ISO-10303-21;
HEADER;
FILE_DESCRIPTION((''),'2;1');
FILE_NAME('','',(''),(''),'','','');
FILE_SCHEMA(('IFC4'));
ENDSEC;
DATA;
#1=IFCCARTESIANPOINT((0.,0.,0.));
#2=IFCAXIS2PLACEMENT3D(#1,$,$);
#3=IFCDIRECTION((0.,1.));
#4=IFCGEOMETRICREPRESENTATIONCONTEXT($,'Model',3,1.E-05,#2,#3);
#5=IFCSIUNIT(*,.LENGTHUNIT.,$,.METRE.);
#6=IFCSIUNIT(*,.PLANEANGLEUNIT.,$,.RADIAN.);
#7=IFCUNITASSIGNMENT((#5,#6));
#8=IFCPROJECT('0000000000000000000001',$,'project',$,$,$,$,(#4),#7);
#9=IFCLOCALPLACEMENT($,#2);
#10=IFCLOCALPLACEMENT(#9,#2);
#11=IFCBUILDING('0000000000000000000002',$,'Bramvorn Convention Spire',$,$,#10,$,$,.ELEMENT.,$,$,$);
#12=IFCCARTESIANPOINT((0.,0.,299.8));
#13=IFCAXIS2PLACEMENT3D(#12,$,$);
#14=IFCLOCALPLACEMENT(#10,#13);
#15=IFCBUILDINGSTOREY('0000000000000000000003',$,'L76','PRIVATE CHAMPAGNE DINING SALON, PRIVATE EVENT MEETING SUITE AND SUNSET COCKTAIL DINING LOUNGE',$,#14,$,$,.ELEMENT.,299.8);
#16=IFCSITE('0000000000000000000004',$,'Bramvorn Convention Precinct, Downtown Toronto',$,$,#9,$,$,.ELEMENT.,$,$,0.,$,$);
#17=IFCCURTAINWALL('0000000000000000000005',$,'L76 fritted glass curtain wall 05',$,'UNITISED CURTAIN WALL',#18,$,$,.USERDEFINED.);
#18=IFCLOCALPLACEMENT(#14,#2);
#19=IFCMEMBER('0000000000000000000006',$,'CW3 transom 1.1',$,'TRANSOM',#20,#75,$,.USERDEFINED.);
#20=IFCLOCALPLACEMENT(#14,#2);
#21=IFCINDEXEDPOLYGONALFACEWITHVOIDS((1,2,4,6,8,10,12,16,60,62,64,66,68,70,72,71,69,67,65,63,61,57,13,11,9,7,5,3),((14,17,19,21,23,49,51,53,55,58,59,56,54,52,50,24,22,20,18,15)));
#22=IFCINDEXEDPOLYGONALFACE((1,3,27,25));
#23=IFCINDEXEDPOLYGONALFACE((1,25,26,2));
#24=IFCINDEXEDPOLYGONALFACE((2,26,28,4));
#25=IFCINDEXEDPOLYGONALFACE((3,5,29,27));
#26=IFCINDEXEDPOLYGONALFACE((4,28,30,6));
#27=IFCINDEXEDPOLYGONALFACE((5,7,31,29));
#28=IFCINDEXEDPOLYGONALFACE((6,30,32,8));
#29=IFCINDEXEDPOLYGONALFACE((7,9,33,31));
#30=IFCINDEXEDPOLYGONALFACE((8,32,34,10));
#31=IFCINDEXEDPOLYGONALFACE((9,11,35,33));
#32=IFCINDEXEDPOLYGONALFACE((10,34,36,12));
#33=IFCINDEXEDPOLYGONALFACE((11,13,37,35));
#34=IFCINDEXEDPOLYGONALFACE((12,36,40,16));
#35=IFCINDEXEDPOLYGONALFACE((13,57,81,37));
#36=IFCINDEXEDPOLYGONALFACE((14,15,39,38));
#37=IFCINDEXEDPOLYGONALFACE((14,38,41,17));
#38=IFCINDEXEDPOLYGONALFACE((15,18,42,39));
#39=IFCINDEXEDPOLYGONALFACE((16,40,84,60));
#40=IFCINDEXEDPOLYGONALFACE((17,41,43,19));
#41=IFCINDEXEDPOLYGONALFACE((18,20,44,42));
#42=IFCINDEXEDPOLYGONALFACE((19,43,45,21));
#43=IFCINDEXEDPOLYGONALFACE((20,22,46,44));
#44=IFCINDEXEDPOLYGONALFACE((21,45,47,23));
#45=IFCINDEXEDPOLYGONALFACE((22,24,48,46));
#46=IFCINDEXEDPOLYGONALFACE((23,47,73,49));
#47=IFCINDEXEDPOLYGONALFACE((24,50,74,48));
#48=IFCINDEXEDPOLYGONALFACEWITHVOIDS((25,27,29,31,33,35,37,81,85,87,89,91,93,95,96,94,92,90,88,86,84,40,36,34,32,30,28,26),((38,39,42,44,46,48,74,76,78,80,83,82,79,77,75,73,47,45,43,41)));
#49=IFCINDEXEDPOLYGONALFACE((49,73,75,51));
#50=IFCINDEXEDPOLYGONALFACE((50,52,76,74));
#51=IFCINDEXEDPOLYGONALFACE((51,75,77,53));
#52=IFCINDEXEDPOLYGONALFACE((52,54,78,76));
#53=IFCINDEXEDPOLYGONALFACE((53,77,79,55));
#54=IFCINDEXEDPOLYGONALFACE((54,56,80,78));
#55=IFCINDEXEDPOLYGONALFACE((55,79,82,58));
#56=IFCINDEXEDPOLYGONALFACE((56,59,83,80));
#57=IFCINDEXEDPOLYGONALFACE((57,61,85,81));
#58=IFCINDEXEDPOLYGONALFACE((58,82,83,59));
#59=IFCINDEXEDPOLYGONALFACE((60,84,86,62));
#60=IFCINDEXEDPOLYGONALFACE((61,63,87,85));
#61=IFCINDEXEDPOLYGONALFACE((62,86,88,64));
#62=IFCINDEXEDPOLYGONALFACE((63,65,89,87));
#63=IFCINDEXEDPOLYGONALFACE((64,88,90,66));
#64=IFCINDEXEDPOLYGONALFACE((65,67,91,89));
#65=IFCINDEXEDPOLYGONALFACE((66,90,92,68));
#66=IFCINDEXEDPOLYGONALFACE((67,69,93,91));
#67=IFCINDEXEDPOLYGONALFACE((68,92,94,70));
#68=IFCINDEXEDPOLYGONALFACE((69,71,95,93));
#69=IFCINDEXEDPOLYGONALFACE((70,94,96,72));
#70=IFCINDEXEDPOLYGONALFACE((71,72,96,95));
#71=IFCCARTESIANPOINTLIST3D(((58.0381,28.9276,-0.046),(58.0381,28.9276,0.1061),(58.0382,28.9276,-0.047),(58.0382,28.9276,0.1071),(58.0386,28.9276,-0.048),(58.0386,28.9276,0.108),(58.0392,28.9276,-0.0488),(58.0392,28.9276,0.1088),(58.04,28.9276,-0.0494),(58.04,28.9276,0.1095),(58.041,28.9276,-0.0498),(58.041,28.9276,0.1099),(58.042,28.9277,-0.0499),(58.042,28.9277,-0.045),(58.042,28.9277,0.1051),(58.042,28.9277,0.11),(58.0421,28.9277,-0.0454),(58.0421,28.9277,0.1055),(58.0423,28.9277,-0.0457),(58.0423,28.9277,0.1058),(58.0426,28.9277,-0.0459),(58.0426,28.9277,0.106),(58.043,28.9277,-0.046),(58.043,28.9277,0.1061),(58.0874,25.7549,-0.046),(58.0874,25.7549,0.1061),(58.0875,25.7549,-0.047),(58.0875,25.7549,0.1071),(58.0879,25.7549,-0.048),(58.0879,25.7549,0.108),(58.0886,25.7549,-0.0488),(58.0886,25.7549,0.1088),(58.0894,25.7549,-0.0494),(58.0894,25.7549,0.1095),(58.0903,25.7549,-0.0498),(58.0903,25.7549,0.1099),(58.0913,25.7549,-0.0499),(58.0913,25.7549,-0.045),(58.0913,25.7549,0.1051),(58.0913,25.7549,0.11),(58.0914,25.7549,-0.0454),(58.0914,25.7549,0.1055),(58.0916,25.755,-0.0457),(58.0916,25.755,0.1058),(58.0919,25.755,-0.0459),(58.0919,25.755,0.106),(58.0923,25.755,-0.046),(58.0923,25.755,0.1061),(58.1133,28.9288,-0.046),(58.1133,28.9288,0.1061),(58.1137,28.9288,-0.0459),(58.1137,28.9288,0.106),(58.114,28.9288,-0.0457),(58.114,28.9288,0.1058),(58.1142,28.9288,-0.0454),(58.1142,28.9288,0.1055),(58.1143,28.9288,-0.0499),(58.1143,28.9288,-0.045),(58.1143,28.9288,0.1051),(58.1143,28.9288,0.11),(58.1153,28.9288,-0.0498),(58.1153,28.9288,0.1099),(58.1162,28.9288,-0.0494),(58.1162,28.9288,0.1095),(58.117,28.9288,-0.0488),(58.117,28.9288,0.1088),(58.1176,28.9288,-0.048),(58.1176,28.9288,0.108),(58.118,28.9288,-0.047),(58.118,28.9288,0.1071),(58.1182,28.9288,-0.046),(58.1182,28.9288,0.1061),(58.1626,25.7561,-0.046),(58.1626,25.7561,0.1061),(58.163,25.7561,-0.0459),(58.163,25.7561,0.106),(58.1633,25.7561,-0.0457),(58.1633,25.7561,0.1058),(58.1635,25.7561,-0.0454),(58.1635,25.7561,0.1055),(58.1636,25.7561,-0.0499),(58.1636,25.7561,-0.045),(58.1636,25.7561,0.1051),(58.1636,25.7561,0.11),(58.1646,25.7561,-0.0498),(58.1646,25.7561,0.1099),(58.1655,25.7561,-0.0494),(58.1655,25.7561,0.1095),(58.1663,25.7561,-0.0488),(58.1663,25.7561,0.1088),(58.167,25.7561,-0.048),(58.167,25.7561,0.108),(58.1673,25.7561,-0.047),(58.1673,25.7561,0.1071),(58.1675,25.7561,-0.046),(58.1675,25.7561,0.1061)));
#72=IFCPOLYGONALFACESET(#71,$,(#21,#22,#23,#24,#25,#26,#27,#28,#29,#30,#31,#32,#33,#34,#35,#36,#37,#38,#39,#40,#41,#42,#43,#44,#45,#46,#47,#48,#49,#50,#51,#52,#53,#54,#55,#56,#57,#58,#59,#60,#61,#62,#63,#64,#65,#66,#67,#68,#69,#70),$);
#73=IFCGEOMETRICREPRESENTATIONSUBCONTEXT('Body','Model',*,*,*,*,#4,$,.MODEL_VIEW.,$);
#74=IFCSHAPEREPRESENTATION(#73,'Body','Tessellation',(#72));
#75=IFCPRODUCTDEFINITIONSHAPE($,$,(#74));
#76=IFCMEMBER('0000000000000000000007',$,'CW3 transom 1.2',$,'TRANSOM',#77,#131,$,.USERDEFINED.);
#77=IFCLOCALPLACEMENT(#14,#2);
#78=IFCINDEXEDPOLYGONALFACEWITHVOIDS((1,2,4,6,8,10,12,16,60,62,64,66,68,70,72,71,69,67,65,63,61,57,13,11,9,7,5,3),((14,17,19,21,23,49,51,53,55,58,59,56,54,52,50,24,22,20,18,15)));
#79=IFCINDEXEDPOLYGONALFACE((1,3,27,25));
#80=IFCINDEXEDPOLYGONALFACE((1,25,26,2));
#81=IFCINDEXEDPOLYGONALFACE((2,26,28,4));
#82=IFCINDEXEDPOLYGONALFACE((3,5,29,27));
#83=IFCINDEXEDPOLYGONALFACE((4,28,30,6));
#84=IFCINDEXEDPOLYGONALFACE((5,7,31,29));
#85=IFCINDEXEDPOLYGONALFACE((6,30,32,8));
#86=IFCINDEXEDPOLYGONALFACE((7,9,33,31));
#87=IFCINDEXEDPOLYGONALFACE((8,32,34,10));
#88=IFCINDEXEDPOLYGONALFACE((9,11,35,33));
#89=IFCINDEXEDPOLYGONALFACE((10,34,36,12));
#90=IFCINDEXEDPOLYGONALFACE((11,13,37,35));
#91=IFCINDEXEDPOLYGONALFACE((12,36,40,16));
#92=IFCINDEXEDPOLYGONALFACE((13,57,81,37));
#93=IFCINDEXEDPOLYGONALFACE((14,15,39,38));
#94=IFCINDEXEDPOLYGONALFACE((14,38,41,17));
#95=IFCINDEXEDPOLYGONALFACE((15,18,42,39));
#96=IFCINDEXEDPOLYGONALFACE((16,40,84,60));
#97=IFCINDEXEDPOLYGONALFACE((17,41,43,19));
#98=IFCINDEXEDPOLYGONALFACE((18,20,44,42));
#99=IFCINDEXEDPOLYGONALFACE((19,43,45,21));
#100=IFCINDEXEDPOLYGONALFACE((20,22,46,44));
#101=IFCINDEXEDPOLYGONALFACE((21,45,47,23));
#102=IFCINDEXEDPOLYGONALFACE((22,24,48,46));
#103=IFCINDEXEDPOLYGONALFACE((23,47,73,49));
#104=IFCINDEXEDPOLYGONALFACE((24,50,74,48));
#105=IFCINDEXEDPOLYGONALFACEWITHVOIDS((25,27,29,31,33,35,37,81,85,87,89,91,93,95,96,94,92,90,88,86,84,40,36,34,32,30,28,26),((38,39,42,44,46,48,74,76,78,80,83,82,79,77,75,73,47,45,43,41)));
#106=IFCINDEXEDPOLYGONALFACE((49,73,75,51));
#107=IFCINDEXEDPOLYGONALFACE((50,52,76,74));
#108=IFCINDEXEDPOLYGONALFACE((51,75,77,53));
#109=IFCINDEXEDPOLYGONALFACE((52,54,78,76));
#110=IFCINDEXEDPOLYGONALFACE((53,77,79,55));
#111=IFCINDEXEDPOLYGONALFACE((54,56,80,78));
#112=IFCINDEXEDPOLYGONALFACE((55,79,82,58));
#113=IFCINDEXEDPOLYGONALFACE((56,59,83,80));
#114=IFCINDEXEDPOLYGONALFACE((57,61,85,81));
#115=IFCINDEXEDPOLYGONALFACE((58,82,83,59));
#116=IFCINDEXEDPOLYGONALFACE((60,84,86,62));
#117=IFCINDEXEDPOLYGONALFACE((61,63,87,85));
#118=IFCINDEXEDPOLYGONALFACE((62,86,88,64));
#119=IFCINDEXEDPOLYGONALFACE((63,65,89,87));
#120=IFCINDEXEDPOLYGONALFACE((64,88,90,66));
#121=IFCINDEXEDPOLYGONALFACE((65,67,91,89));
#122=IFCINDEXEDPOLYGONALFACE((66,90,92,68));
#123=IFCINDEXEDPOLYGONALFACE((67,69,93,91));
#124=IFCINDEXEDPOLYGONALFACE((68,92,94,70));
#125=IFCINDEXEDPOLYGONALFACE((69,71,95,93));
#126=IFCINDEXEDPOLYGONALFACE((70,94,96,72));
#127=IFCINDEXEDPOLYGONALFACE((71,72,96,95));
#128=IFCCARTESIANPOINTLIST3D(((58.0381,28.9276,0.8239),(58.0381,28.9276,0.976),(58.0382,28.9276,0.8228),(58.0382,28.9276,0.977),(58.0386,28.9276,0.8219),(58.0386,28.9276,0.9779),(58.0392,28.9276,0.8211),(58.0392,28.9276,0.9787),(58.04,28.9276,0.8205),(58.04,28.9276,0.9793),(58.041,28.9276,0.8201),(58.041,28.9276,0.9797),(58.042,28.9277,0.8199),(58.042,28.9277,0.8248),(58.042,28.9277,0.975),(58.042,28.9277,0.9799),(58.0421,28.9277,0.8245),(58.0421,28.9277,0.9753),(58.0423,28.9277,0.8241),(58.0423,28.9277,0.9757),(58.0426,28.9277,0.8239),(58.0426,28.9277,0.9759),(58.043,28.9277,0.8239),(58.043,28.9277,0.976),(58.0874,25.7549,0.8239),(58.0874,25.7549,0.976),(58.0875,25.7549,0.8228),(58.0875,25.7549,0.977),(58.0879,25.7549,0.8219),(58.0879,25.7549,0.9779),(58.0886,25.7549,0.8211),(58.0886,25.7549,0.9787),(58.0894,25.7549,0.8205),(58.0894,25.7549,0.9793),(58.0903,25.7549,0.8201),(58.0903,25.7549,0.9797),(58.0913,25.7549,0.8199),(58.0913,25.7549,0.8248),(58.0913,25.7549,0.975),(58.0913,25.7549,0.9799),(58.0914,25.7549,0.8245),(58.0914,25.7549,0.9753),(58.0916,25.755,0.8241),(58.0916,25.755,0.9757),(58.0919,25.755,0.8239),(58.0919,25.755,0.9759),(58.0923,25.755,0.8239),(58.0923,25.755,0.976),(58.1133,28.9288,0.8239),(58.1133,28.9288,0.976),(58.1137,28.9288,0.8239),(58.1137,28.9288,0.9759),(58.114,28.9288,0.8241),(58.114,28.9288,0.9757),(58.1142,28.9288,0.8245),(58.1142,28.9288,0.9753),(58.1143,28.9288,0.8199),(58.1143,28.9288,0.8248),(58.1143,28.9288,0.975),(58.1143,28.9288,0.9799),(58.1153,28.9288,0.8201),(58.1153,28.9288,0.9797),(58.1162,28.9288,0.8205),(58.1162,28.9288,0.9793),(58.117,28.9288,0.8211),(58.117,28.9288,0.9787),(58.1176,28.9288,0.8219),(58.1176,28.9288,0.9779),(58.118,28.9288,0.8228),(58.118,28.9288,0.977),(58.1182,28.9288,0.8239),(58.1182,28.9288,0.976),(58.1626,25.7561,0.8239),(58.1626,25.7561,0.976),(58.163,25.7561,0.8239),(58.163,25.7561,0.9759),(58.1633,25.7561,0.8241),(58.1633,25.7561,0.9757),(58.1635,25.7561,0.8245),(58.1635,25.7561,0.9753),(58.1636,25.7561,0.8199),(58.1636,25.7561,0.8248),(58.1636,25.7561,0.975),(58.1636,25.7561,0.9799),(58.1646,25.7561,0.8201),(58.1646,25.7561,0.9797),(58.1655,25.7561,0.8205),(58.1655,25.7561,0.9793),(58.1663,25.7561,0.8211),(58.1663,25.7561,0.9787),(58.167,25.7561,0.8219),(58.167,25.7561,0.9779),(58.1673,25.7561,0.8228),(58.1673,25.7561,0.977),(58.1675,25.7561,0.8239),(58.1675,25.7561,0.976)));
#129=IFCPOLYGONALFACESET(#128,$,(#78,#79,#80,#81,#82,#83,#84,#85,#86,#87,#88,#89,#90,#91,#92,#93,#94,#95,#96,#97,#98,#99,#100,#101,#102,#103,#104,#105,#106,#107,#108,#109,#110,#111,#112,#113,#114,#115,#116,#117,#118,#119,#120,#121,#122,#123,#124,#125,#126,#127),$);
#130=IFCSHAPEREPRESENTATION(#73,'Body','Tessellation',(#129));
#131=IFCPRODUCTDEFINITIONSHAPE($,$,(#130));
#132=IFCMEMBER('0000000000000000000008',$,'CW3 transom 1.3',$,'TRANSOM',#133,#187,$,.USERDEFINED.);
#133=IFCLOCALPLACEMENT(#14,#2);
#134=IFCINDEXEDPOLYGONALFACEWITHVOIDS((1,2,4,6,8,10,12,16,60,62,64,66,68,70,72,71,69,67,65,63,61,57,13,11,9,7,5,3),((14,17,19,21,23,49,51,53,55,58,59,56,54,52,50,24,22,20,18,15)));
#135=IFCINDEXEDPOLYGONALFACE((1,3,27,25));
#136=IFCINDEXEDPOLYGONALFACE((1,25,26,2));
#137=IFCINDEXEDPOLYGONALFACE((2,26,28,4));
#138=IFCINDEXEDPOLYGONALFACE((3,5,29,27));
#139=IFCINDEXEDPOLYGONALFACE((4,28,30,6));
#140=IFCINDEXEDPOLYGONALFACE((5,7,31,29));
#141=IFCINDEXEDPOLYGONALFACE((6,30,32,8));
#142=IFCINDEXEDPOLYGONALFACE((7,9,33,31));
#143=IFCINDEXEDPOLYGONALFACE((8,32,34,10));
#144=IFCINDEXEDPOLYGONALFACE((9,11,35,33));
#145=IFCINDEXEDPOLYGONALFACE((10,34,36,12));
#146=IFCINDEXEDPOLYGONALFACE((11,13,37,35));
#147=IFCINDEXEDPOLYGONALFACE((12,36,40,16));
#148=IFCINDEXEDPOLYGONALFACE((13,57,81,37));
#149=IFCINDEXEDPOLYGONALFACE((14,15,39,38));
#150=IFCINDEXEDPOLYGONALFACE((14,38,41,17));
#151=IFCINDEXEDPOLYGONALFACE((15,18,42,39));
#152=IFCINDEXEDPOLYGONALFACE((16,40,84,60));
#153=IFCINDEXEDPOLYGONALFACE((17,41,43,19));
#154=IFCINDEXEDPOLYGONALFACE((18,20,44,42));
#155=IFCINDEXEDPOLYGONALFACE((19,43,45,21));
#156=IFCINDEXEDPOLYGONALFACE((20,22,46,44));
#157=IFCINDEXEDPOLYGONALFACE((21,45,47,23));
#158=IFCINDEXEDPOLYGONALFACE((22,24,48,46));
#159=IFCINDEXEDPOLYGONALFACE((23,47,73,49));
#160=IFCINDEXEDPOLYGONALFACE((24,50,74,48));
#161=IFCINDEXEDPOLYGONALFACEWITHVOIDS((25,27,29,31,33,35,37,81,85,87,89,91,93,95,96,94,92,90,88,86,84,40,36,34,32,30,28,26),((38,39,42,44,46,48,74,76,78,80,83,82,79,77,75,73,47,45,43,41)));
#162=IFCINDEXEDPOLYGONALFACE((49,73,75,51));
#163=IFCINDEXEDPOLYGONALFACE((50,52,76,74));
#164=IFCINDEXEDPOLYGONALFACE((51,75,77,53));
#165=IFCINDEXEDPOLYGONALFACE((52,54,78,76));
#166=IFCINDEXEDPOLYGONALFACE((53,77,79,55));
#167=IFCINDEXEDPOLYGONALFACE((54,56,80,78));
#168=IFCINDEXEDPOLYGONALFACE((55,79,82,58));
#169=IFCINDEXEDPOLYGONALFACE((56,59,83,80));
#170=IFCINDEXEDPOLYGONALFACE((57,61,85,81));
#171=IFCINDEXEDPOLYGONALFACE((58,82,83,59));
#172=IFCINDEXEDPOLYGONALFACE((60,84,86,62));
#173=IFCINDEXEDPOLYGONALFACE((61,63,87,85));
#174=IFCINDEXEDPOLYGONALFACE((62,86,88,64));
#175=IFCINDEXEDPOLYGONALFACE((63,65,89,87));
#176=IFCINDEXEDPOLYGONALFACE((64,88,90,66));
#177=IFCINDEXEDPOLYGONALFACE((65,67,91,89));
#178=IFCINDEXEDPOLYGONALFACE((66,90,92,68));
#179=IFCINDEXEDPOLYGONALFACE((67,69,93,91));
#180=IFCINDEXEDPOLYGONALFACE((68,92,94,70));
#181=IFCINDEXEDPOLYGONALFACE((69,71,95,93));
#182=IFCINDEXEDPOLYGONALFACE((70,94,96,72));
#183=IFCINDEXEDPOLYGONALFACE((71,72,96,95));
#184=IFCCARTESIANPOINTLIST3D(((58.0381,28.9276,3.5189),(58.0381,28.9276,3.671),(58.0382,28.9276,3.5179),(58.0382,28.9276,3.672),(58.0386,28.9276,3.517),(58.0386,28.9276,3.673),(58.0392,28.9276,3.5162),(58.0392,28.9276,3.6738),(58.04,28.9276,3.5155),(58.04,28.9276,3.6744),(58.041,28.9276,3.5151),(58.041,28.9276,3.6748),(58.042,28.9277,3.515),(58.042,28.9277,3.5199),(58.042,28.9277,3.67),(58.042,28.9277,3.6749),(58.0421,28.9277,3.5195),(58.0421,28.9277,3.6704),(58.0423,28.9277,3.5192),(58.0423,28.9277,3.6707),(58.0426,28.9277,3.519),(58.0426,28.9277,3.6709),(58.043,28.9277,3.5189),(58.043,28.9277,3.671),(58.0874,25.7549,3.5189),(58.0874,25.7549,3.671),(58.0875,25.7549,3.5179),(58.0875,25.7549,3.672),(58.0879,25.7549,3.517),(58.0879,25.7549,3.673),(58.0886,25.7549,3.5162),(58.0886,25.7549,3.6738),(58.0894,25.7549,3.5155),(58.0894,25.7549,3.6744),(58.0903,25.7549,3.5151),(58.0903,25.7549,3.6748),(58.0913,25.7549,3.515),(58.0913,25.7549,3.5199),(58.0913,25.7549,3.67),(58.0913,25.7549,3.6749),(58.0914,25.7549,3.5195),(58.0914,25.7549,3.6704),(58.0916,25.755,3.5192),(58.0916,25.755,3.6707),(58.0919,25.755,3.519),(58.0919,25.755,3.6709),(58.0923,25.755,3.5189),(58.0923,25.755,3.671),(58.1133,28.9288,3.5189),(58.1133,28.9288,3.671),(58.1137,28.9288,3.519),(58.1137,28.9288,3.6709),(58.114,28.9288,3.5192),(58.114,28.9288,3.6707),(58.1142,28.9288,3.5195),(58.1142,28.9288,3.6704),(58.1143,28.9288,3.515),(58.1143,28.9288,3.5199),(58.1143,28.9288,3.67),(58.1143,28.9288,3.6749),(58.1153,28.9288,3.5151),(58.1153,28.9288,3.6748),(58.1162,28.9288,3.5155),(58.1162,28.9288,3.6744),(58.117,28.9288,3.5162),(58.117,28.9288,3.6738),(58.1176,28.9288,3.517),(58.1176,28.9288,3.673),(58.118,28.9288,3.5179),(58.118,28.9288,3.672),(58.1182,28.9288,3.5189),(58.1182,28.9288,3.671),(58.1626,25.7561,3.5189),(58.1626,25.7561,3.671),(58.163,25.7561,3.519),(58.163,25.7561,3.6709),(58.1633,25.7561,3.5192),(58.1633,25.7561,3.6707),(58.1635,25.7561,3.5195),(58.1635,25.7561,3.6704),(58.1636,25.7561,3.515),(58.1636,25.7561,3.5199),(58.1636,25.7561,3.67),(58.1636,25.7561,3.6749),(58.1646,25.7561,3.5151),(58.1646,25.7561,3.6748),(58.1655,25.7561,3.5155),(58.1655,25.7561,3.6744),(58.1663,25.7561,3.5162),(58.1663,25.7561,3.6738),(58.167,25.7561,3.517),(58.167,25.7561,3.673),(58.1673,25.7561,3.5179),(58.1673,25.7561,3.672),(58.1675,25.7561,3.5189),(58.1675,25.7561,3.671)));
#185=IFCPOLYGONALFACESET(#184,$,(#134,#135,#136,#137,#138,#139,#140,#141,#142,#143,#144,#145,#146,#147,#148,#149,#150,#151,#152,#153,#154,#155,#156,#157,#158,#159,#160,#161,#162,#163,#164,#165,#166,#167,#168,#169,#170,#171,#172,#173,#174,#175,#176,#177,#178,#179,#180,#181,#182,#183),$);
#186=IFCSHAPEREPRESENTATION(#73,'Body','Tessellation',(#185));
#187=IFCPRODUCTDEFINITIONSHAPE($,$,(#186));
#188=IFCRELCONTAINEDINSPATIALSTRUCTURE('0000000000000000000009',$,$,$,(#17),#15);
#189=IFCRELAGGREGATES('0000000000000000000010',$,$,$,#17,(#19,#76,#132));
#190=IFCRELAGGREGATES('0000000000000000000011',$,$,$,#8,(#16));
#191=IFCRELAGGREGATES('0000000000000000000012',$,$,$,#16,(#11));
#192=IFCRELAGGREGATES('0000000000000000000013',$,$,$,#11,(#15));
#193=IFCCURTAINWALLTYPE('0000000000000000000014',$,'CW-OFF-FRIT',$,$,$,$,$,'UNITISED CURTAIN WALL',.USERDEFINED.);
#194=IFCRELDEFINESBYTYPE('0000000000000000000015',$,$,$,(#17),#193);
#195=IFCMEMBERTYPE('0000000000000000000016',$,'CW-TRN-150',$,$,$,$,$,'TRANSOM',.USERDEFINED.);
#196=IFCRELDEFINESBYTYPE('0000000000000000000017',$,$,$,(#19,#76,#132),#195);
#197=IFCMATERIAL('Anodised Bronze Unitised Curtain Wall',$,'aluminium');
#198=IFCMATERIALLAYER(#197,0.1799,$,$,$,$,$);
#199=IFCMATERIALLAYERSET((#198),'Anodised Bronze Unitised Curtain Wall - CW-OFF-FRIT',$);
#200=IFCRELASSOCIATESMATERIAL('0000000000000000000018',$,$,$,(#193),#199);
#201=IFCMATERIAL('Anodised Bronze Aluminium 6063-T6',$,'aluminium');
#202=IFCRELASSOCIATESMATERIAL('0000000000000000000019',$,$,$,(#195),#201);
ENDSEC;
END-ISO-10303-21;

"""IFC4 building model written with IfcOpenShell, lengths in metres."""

from ifc_helpers import new_model, si_unit, direction, frame, origin, origin_2d, place, context, subcontext, project, spatial, hollow_rectangle, extrude, material, layer, layer_set, material_profile, profile_set, type_object, element, aggregate, save


model = new_model("IFC4")

# Units and contexts
model_context = context("Model", 3, precision=1e-05, world=origin(), true_north=direction((0.0, 1.0)))
body_context = subcontext(model_context, "Body", "Model", "MODEL_VIEW")
ifc_project = project(units=[si_unit("LENGTHUNIT", "METRE"), si_unit("PLANEANGLEUNIT", "RADIAN")], contexts=[model_context])

# Site, building, storey
site_placement = place(None, origin())
site = spatial("IfcSite", under=ifc_project, at=site_placement, Name="Bramvorn Convention Precinct, Downtown Toronto", CompositionType="ELEMENT", RefElevation=0.0)
building_placement = place(site_placement, origin())
building = spatial("IfcBuilding", under=site, at=building_placement, Name="Bramvorn Convention Spire", CompositionType="ELEMENT")
storey_placement = place(building_placement, frame((0.0, 0.0, 299.8)))
storey = spatial("IfcBuildingStorey", under=building, at=storey_placement, Name="L76", Description="PRIVATE CHAMPAGNE DINING SALON, PRIVATE EVENT MEETING SUITE AND SUNSET COCKTAIL DINING LOUNGE", CompositionType="ELEMENT", Elevation=299.8)

# Curtain wall
ifc_material_1 = material(Name="Anodised Bronze Unitised Curtain Wall", Category="aluminium")
ifc_layer_1 = layer(ifc_material_1, 0.1799)
ifc_layer_set_1 = layer_set([ifc_layer_1], Name="Anodised Bronze Unitised Curtain Wall - CW-OFF-FRIT")
curtain_wall_type_1 = type_object("IfcCurtainWallType", Name="CW-OFF-FRIT", ElementType="UNITISED CURTAIN WALL", PredefinedType="USERDEFINED", material=ifc_layer_set_1)
curtain_wall_1_placement = place(storey_placement, origin())
curtain_wall_1 = element("IfcCurtainWall", 1, at=curtain_wall_1_placement, inside=storey, type_object=curtain_wall_type_1, Name="L76 fritted glass curtain wall 05", ObjectType="UNITISED CURTAIN WALL", PredefinedType="USERDEFINED")
ifc_material_2 = material(Name="Anodised Bronze Aluminium 6063-T6", Category="aluminium")

# Members
ifc_material_profile_1 = material_profile(ifc_material_2, hollow_rectangle(XDim=0.0801, YDim=0.1599, WallThickness=0.0039, InnerFilletRadius=0.001, OuterFilletRadius=0.0039, at=origin_2d()))
ifc_profile_set_1 = profile_set([ifc_material_profile_1], Name="Anodised Bronze Aluminium 6063-T6 - CWT80X160")
member_type_1 = type_object("IfcMemberType", Name="CW-TRN-150", ElementType="TRANSOM", PredefinedType="USERDEFINED", material=ifc_profile_set_1)
member_1_placement = place(storey_placement, frame((58.0781, 28.9282, 0.03), z_axis=(0.015543, -0.999879, 0.0), x_axis=(0.999879, 0.015543, 0.0)))
member_1 = element("IfcMember", 2, at=member_1_placement, type_object=member_type_1, Name="CW3 transom 1.1", ObjectType="TRANSOM", PredefinedType="USERDEFINED", context=body_context, shape_type="SweptSolid", body=[
    extrude(hollow_rectangle(XDim=0.0801, YDim=0.1599, WallThickness=0.0039, InnerFilletRadius=0.001, OuterFilletRadius=0.0039, at=origin_2d()), origin(), (0.0, 0.0, 1.0), 3.1731),
])
member_2_placement = place(storey_placement, frame((58.0781, 28.9282, 0.8999), z_axis=(0.015543, -0.999879, 0.0), x_axis=(0.999879, 0.015543, 0.0)))
member_2 = element("IfcMember", 3, at=member_2_placement, type_object=member_type_1, Name="CW3 transom 1.2", ObjectType="TRANSOM", PredefinedType="USERDEFINED", context=body_context, shape_type="SweptSolid", body=[
    extrude(hollow_rectangle(XDim=0.0801, YDim=0.1599, WallThickness=0.0039, InnerFilletRadius=0.001, OuterFilletRadius=0.0039, at=origin_2d()), origin(), (0.0, 0.0, 1.0), 3.1731),
])
member_3_placement = place(storey_placement, frame((58.0781, 28.9282, 3.595), z_axis=(0.015543, -0.999879, 0.0), x_axis=(0.999879, 0.015543, 0.0)))
member_3 = element("IfcMember", 4, at=member_3_placement, type_object=member_type_1, Name="CW3 transom 1.3", ObjectType="TRANSOM", PredefinedType="USERDEFINED", context=body_context, shape_type="SweptSolid", body=[
    extrude(hollow_rectangle(XDim=0.0801, YDim=0.1599, WallThickness=0.0039, InnerFilletRadius=0.001, OuterFilletRadius=0.0039, at=origin_2d()), origin(), (0.0, 0.0, 1.0), 3.1731),
])

aggregate(curtain_wall_1, [member_1, member_2, member_3])

save(model, "model.ifc")
